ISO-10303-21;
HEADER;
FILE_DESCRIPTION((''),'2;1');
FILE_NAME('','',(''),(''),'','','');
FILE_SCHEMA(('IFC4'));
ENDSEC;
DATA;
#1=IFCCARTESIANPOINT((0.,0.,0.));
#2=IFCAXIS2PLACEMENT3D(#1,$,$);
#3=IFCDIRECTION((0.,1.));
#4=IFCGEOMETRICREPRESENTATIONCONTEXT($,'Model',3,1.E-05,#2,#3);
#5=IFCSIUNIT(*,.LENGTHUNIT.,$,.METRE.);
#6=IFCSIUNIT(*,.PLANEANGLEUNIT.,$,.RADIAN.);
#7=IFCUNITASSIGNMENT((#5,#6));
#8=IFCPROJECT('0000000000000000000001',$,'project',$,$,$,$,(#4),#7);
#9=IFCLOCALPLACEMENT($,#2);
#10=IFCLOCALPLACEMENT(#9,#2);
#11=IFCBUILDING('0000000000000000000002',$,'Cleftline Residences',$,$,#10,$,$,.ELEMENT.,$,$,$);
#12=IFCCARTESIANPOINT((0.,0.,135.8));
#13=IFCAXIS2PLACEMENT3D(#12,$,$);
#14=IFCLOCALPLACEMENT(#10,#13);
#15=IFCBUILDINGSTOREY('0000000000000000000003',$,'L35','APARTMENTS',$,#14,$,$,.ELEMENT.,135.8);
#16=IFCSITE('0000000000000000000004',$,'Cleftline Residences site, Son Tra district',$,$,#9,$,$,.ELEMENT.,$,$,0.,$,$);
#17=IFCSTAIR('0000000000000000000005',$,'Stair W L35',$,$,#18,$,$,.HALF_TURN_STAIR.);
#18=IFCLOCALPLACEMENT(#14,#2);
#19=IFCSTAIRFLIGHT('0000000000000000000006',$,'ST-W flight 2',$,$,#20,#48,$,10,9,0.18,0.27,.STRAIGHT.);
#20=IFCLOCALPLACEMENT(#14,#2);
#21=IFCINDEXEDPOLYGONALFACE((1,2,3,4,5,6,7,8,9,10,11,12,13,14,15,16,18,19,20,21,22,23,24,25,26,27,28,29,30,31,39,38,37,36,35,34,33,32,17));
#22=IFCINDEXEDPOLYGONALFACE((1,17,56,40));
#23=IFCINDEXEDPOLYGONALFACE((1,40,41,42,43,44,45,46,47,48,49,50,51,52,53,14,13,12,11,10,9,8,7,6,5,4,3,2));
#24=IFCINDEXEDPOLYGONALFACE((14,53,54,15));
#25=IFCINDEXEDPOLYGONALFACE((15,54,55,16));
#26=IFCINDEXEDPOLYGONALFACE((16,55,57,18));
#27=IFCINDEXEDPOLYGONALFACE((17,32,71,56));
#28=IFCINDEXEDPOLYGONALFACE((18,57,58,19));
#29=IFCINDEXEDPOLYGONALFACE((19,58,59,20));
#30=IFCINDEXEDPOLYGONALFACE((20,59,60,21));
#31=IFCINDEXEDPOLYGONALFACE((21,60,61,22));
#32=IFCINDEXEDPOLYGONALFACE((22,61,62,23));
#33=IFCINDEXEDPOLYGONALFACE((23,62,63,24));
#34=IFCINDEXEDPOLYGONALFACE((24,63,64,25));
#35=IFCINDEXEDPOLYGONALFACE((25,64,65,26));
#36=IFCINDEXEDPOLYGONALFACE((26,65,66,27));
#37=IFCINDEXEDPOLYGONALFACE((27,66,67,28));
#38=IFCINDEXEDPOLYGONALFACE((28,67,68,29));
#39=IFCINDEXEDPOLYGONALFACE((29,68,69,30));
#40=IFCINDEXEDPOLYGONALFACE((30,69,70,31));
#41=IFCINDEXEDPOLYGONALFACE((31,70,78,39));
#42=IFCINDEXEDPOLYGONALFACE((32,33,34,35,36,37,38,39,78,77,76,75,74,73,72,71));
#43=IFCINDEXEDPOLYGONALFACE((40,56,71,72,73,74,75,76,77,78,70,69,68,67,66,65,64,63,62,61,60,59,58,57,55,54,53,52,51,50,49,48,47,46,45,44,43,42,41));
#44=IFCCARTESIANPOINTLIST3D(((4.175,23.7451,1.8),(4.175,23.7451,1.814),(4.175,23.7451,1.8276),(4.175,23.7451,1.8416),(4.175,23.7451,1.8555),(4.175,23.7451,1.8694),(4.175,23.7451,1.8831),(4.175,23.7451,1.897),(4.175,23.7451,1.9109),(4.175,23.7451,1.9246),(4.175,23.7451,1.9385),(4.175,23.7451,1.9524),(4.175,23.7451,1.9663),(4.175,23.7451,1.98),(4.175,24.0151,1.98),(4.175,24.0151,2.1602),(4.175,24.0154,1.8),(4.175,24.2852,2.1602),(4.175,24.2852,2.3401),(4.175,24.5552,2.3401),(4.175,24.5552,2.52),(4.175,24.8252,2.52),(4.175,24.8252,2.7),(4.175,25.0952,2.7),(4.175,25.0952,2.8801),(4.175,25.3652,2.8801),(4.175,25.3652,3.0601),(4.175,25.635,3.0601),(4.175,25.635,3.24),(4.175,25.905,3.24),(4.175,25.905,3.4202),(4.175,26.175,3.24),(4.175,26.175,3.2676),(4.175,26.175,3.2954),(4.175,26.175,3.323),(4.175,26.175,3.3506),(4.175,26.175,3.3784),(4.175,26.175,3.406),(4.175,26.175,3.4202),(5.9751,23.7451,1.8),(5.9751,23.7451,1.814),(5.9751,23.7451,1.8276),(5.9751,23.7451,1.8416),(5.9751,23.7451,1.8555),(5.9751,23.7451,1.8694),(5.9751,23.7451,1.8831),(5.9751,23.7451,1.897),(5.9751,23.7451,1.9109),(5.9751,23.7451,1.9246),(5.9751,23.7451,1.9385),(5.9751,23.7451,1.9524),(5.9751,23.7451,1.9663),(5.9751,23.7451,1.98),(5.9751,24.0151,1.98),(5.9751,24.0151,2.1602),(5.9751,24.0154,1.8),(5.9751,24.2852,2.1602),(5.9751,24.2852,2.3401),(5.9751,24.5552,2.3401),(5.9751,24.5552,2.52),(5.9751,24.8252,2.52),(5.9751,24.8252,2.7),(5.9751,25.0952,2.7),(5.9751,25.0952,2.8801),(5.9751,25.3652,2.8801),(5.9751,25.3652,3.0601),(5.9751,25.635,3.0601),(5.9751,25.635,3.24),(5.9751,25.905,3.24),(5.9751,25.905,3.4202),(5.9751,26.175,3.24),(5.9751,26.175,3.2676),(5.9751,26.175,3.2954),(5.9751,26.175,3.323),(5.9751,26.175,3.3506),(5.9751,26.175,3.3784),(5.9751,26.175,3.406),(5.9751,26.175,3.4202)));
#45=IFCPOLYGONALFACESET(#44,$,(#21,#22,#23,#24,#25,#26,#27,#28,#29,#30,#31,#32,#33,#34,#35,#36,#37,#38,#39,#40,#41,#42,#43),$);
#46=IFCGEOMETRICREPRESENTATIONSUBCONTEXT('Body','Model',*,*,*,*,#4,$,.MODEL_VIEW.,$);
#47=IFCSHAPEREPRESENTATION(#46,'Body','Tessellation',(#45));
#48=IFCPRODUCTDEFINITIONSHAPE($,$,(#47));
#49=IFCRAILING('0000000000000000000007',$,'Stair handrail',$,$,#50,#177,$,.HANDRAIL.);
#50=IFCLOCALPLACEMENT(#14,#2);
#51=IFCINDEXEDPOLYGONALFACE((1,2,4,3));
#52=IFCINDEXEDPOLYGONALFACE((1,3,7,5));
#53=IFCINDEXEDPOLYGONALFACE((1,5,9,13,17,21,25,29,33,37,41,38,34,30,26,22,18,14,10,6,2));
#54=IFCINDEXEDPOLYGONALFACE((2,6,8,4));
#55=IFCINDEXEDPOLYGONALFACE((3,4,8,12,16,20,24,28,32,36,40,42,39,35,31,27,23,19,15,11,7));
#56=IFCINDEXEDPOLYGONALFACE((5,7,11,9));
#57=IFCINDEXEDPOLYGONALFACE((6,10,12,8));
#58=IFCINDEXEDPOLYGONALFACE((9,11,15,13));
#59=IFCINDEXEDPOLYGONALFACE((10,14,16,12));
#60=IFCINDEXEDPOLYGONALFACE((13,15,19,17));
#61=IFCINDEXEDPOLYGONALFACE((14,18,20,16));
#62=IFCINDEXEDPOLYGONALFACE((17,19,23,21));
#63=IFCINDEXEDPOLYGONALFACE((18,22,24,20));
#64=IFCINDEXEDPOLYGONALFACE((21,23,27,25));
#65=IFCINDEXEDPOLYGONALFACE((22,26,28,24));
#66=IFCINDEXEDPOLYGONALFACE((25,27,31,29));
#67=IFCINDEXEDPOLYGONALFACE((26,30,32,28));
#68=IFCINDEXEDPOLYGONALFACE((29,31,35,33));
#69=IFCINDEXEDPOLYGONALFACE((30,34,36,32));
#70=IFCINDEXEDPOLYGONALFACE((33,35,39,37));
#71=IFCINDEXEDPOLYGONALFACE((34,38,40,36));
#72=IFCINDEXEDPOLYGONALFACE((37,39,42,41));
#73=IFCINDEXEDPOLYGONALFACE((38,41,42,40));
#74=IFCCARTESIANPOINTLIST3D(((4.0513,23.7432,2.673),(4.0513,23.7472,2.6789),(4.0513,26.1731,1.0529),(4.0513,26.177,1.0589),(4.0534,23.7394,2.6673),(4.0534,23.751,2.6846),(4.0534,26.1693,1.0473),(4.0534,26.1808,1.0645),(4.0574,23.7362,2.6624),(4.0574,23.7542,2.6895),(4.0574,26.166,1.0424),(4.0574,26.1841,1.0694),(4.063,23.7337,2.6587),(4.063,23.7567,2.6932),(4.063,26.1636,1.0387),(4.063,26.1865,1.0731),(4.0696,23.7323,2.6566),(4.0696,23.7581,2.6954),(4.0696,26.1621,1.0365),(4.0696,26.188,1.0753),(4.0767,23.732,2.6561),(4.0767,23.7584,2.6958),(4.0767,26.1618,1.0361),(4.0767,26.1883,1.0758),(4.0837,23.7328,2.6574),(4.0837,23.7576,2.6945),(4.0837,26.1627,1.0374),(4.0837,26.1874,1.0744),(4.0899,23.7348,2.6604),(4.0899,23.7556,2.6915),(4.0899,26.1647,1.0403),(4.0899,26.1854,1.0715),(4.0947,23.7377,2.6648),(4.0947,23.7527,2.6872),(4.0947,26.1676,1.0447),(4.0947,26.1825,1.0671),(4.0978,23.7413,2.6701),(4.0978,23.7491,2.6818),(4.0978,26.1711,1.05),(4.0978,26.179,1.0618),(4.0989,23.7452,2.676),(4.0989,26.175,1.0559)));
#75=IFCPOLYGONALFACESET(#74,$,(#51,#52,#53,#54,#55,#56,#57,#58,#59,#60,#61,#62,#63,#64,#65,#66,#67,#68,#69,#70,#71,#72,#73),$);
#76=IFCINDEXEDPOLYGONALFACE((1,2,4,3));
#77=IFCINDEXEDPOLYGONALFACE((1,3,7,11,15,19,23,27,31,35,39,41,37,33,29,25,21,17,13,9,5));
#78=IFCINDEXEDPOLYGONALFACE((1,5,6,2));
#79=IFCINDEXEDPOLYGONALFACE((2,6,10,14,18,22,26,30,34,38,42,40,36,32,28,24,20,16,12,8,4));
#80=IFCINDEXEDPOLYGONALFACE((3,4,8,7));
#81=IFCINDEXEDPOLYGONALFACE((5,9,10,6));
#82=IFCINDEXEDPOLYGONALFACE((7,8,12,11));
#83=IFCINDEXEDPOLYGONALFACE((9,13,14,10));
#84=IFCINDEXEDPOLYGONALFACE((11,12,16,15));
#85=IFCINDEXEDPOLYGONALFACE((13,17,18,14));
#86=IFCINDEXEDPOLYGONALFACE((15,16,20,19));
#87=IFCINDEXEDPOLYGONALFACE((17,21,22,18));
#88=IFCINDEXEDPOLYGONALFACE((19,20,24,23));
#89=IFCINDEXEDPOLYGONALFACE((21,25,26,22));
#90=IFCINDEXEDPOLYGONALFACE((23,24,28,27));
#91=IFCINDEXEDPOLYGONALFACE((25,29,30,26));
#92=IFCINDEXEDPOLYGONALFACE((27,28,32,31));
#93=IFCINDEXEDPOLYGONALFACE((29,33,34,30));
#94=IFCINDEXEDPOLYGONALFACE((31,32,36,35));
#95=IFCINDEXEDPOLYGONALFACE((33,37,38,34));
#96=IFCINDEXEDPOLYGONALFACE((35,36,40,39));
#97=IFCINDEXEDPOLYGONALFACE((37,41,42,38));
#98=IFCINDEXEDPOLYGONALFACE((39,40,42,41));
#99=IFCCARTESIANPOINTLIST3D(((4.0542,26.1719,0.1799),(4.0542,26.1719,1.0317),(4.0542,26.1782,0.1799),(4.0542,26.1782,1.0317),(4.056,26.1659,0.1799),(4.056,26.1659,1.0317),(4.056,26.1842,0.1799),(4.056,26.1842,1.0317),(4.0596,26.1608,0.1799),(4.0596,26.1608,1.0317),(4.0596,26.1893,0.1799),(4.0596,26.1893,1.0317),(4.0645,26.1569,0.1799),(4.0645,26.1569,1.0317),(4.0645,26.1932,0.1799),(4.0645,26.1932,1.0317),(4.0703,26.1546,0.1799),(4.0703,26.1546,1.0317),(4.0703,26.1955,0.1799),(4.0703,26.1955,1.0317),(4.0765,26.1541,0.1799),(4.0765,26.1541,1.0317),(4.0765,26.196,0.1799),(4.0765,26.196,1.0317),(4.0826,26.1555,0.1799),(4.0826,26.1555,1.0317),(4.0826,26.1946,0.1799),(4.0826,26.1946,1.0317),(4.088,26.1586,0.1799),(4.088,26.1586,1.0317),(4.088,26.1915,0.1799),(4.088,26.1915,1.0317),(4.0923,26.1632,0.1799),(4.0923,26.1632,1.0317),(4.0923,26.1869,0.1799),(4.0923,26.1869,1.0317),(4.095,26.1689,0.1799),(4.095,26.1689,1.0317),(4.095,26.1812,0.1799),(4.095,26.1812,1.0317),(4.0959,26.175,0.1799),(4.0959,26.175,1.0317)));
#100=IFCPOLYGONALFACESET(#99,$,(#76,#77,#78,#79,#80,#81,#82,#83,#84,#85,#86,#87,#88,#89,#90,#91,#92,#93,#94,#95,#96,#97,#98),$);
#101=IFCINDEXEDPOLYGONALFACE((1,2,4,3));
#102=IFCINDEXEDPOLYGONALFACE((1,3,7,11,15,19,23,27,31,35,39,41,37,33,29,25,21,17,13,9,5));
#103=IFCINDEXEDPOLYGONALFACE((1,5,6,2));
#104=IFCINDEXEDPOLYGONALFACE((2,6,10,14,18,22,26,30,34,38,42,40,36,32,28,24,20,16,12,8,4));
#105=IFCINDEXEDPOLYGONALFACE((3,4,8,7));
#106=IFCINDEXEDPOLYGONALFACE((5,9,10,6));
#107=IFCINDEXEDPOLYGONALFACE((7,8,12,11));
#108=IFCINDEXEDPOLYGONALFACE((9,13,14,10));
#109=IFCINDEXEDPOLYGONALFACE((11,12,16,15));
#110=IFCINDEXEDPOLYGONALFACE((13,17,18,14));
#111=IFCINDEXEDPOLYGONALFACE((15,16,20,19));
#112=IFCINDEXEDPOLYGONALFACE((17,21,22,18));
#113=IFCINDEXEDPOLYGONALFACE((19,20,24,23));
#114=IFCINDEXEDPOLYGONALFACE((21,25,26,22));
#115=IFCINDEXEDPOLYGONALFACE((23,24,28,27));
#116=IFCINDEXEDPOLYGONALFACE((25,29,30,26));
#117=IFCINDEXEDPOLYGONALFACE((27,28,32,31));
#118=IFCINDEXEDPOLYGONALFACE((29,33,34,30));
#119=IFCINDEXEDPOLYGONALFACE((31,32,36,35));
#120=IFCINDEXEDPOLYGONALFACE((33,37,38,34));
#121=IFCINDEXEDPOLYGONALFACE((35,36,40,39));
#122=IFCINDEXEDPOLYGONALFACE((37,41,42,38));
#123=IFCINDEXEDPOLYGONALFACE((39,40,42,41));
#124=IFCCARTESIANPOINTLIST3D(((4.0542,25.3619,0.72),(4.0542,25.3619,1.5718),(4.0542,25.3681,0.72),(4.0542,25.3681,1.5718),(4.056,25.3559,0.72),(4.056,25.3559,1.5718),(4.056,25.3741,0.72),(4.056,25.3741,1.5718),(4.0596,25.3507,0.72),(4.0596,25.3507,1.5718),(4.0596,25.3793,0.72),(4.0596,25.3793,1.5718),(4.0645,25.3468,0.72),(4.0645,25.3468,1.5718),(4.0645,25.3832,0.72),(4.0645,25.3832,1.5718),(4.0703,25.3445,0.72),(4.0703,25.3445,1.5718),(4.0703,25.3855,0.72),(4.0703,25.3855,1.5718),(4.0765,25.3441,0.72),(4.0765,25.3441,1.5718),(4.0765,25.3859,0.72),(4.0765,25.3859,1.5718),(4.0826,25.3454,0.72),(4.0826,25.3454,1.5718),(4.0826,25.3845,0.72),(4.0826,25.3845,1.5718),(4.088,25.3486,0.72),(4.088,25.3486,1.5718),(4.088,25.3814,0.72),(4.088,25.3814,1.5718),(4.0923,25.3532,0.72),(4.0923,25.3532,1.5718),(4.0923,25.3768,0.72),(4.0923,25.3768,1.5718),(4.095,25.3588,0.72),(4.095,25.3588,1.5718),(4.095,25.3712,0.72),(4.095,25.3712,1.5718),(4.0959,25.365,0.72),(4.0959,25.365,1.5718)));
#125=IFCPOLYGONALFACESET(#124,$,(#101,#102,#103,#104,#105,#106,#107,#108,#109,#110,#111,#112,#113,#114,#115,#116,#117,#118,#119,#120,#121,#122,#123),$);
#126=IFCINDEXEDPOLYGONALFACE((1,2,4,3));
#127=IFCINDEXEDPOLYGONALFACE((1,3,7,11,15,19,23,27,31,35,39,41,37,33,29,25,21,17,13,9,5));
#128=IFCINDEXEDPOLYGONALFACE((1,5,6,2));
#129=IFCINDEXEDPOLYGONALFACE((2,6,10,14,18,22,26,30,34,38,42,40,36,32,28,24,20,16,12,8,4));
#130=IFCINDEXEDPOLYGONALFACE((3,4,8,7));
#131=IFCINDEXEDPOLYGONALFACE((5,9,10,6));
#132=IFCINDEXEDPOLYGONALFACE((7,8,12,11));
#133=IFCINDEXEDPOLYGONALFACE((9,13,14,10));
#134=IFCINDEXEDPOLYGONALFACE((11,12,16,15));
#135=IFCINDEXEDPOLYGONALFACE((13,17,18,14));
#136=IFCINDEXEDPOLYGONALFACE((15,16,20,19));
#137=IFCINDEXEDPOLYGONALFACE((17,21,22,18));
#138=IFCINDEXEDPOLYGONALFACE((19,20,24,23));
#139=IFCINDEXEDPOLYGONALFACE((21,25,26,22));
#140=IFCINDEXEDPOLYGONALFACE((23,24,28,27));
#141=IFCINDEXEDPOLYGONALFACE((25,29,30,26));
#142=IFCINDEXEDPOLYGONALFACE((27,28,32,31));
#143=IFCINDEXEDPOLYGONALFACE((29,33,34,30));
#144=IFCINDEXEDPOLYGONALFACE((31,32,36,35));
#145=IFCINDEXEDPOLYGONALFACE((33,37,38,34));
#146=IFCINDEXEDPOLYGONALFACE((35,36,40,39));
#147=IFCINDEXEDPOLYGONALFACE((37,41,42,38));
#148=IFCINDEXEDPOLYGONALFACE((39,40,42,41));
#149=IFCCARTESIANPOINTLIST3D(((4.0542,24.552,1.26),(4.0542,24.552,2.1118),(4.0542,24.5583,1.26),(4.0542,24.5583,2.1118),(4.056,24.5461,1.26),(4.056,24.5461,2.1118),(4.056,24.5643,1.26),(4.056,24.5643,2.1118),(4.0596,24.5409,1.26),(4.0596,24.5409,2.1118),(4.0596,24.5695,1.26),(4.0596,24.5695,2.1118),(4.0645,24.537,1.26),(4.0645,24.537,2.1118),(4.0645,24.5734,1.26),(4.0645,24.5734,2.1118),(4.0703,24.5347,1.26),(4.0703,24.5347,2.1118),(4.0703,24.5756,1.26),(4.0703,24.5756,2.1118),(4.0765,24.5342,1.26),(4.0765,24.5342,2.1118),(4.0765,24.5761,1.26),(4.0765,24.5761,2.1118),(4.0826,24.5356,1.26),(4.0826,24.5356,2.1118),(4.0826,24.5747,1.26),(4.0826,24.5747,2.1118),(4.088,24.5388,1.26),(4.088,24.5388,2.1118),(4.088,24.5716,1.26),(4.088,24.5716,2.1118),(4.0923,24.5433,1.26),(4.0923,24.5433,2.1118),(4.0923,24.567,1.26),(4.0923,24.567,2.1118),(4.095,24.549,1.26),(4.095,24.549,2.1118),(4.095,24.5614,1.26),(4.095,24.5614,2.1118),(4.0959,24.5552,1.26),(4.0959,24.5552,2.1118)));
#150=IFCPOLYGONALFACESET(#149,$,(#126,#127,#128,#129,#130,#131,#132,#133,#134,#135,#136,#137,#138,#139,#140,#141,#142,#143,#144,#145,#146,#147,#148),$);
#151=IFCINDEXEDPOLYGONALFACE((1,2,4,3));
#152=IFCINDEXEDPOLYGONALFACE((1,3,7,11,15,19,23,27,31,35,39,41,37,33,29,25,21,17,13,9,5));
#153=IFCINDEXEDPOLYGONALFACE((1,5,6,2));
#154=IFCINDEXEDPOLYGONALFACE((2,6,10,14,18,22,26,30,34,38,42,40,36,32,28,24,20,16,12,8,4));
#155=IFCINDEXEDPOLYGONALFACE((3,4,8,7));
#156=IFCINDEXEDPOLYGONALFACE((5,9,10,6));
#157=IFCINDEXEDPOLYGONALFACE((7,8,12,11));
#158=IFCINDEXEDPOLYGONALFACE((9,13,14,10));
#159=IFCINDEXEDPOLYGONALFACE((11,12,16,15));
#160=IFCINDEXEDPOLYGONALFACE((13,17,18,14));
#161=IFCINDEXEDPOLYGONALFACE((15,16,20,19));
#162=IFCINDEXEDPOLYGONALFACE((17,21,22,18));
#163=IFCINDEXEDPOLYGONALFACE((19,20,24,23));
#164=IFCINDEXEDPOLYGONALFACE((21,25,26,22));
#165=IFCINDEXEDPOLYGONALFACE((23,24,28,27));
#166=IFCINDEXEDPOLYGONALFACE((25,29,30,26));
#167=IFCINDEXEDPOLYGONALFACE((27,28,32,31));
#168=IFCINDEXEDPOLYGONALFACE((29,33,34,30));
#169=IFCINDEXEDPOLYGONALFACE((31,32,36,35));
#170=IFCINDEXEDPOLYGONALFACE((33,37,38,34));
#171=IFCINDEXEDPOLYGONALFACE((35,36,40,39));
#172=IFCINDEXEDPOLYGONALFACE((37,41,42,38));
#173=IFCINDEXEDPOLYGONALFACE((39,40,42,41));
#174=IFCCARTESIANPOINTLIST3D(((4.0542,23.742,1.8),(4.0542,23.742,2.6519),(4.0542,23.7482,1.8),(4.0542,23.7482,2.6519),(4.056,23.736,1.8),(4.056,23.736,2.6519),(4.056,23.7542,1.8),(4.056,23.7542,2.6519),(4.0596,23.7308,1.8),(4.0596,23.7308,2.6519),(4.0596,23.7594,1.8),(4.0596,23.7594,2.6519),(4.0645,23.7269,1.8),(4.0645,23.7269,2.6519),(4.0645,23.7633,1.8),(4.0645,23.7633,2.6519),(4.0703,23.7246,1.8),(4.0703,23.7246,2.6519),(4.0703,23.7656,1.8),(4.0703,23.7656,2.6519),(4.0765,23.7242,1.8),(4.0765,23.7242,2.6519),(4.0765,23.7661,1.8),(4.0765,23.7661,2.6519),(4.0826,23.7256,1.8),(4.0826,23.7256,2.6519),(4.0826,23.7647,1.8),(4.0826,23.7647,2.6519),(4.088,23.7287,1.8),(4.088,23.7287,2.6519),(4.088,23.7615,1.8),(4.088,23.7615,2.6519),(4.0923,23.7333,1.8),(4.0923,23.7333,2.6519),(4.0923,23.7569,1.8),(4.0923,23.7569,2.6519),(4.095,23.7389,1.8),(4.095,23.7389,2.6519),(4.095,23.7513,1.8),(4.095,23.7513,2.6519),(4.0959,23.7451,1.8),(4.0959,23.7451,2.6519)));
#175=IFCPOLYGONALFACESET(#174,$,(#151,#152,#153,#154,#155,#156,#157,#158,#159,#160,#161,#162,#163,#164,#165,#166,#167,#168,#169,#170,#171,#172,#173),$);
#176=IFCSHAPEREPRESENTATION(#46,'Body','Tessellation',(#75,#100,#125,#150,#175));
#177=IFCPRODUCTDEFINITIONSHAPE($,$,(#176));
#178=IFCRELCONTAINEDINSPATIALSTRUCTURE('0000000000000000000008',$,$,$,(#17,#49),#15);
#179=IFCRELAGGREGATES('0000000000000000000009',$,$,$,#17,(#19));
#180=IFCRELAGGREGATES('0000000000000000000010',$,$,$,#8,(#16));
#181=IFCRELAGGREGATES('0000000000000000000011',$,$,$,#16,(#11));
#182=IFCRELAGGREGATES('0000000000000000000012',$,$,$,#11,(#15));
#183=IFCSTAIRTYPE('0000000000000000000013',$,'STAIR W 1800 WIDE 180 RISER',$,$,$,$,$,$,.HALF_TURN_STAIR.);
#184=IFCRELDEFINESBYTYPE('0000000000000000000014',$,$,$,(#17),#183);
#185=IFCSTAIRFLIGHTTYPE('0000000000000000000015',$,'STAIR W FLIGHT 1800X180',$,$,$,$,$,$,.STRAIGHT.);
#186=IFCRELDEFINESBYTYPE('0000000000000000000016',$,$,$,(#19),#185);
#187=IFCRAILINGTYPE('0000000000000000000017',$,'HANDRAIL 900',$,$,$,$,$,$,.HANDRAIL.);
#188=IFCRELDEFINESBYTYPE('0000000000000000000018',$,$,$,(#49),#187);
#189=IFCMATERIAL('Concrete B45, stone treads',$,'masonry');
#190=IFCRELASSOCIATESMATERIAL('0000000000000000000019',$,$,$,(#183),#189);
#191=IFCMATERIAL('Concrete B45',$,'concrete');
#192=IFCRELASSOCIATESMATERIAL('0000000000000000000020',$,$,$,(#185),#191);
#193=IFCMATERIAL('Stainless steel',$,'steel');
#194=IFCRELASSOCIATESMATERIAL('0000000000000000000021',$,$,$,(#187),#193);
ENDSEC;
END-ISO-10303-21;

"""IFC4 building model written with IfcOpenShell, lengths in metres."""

from ifc_helpers import new_model, si_unit, direction, frame, origin, origin_2d, place, context, subcontext, project, spatial, polyline, circle, outline, extrude, material, type_object, element, aggregate, save


model = new_model("IFC4")

# Units and contexts
model_context = context("Model", 3, precision=1e-05, world=origin(), true_north=direction((0.0, 1.0)))
body_context = subcontext(model_context, "Body", "Model", "MODEL_VIEW")
ifc_project = project(units=[si_unit("LENGTHUNIT", "METRE"), si_unit("PLANEANGLEUNIT", "RADIAN")], contexts=[model_context])

# Site, building, storey
site_placement = place(None, origin())
site = spatial("IfcSite", under=ifc_project, at=site_placement, Name="Cleftline Residences site, Son Tra district", CompositionType="ELEMENT", RefElevation=0.0)
building_placement = place(site_placement, origin())
building = spatial("IfcBuilding", under=site, at=building_placement, Name="Cleftline Residences", CompositionType="ELEMENT")
storey_placement = place(building_placement, frame((0.0, 0.0, 135.8)))
storey = spatial("IfcBuildingStorey", under=building, at=storey_placement, Name="L35", Description="APARTMENTS", CompositionType="ELEMENT", Elevation=135.8)

# Stair, stair flight
ifc_material_1 = material(Name="Concrete B45, stone treads", Category="masonry")
stair_type = type_object("IfcStairType", Name="STAIR W 1800 WIDE 180 RISER", PredefinedType="HALF_TURN_STAIR", material=ifc_material_1)
stair_placement = place(storey_placement, origin())
stair = element("IfcStair", 1, at=stair_placement, inside=storey, type_object=stair_type, Name="Stair W L35", PredefinedType="HALF_TURN_STAIR")
ifc_material_2 = material(Name="Concrete B45", Category="concrete")
stair_flight_type = type_object("IfcStairFlightType", Name="STAIR W FLIGHT 1800X180", PredefinedType="STRAIGHT", material=ifc_material_2)
stair_flight_1_placement = place(storey_placement, frame((5.075, 23.7451, 1.8), z_axis=(0.0, 0.0, 1.0), x_axis=(0.0, 1.0, 0.0)))
stair_flight_1 = element("IfcStairFlight", 2, at=stair_flight_1_placement, type_object=stair_flight_type, Name="ST-W flight 2", NumberOfRisers=10, NumberOfTreads=9, PredefinedType="STRAIGHT", RiserHeight=0.18, TreadLength=0.27, context=body_context, shape_type="SweptSolid", body=[
    extrude(outline(polyline([(0.0, 0.0), (0.0, 0.0139), (0.0, 0.0276), (0.0, 0.0415), (0.0, 0.0554), (0.0, 0.0693), (0.0, 0.083), (0.0, 0.0969), (0.0, 0.1108), (0.0, 0.1245), (0.0, 0.1384), (0.0, 0.1523), (0.0, 0.1663), (0.0, 0.1799), (0.27, 0.1799), (0.27, 0.3601), (0.54, 0.3601), (0.54, 0.54), (0.8101, 0.54), (0.8101, 0.72), (1.0801, 0.72), (1.0801, 0.8999), (1.3501, 0.8999), (1.3501, 1.0801), (1.6201, 1.0801), (1.6201, 1.26), (1.8899, 1.26), (1.8899, 1.4399), (2.1599, 1.4399), (2.1599, 1.6201), (2.4299, 1.6201), (2.4299, 1.8), (2.4299, 1.7722), (2.4299, 1.7446), (2.4299, 1.7168), (2.4299, 1.6892), (2.4299, 1.6614), (2.4299, 1.6338), (2.4299, 1.606), (2.4299, 1.5784), (2.4299, 1.5505), (2.4299, 1.5229), (2.4299, 1.4954), (2.4299, 1.4675), (2.4299, 1.4399), (0.2703, 0.0), (0.0, 0.0)])), frame((0.0, 0.8999, 0.0), z_axis=(0.0, -1.0, 0.0), x_axis=(1.0, 0.0, 0.0)), (0.0, 0.0, 1.0), 1.8),
])
aggregate(stair, [stair_flight_1])

# Railing
ifc_material_3 = material(Name="Stainless steel", Category="steel")
railing_type = type_object("IfcRailingType", Name="HANDRAIL 900", PredefinedType="HANDRAIL", material=ifc_material_3)
railing_1_placement = place(storey_placement, frame((4.075, 26.175, 0.1799)))
element("IfcRailing", 3, at=railing_1_placement, inside=storey, type_object=railing_type, Name="Stair handrail", PredefinedType="HANDRAIL", context=body_context, shape_type="SweptSolid", body=[
    extrude(circle(Radius=0.0239, at=origin_2d()), frame((0.0, 0.0, 0.876), z_axis=(0.0, -0.832025, 0.554739), x_axis=(1.0, 0.0, 0.0)), (0.0, 0.0, 1.0), 2.9204),
    extrude(circle(Radius=0.021, at=origin_2d()), origin(), (0.0, 0.0, 1.0), 0.8518),
    extrude(circle(Radius=0.021, at=origin_2d()), frame((0.0, -0.8101, 0.54)), (0.0, 0.0, 1.0), 0.8518),
    extrude(circle(Radius=0.021, at=origin_2d()), frame((0.0, -1.6199, 1.0801)), (0.0, 0.0, 1.0), 0.8518),
    extrude(circle(Radius=0.021, at=origin_2d()), frame((0.0, -2.4299, 1.6201)), (0.0, 0.0, 1.0), 0.8518),
])

save(model, "model.ifc")
